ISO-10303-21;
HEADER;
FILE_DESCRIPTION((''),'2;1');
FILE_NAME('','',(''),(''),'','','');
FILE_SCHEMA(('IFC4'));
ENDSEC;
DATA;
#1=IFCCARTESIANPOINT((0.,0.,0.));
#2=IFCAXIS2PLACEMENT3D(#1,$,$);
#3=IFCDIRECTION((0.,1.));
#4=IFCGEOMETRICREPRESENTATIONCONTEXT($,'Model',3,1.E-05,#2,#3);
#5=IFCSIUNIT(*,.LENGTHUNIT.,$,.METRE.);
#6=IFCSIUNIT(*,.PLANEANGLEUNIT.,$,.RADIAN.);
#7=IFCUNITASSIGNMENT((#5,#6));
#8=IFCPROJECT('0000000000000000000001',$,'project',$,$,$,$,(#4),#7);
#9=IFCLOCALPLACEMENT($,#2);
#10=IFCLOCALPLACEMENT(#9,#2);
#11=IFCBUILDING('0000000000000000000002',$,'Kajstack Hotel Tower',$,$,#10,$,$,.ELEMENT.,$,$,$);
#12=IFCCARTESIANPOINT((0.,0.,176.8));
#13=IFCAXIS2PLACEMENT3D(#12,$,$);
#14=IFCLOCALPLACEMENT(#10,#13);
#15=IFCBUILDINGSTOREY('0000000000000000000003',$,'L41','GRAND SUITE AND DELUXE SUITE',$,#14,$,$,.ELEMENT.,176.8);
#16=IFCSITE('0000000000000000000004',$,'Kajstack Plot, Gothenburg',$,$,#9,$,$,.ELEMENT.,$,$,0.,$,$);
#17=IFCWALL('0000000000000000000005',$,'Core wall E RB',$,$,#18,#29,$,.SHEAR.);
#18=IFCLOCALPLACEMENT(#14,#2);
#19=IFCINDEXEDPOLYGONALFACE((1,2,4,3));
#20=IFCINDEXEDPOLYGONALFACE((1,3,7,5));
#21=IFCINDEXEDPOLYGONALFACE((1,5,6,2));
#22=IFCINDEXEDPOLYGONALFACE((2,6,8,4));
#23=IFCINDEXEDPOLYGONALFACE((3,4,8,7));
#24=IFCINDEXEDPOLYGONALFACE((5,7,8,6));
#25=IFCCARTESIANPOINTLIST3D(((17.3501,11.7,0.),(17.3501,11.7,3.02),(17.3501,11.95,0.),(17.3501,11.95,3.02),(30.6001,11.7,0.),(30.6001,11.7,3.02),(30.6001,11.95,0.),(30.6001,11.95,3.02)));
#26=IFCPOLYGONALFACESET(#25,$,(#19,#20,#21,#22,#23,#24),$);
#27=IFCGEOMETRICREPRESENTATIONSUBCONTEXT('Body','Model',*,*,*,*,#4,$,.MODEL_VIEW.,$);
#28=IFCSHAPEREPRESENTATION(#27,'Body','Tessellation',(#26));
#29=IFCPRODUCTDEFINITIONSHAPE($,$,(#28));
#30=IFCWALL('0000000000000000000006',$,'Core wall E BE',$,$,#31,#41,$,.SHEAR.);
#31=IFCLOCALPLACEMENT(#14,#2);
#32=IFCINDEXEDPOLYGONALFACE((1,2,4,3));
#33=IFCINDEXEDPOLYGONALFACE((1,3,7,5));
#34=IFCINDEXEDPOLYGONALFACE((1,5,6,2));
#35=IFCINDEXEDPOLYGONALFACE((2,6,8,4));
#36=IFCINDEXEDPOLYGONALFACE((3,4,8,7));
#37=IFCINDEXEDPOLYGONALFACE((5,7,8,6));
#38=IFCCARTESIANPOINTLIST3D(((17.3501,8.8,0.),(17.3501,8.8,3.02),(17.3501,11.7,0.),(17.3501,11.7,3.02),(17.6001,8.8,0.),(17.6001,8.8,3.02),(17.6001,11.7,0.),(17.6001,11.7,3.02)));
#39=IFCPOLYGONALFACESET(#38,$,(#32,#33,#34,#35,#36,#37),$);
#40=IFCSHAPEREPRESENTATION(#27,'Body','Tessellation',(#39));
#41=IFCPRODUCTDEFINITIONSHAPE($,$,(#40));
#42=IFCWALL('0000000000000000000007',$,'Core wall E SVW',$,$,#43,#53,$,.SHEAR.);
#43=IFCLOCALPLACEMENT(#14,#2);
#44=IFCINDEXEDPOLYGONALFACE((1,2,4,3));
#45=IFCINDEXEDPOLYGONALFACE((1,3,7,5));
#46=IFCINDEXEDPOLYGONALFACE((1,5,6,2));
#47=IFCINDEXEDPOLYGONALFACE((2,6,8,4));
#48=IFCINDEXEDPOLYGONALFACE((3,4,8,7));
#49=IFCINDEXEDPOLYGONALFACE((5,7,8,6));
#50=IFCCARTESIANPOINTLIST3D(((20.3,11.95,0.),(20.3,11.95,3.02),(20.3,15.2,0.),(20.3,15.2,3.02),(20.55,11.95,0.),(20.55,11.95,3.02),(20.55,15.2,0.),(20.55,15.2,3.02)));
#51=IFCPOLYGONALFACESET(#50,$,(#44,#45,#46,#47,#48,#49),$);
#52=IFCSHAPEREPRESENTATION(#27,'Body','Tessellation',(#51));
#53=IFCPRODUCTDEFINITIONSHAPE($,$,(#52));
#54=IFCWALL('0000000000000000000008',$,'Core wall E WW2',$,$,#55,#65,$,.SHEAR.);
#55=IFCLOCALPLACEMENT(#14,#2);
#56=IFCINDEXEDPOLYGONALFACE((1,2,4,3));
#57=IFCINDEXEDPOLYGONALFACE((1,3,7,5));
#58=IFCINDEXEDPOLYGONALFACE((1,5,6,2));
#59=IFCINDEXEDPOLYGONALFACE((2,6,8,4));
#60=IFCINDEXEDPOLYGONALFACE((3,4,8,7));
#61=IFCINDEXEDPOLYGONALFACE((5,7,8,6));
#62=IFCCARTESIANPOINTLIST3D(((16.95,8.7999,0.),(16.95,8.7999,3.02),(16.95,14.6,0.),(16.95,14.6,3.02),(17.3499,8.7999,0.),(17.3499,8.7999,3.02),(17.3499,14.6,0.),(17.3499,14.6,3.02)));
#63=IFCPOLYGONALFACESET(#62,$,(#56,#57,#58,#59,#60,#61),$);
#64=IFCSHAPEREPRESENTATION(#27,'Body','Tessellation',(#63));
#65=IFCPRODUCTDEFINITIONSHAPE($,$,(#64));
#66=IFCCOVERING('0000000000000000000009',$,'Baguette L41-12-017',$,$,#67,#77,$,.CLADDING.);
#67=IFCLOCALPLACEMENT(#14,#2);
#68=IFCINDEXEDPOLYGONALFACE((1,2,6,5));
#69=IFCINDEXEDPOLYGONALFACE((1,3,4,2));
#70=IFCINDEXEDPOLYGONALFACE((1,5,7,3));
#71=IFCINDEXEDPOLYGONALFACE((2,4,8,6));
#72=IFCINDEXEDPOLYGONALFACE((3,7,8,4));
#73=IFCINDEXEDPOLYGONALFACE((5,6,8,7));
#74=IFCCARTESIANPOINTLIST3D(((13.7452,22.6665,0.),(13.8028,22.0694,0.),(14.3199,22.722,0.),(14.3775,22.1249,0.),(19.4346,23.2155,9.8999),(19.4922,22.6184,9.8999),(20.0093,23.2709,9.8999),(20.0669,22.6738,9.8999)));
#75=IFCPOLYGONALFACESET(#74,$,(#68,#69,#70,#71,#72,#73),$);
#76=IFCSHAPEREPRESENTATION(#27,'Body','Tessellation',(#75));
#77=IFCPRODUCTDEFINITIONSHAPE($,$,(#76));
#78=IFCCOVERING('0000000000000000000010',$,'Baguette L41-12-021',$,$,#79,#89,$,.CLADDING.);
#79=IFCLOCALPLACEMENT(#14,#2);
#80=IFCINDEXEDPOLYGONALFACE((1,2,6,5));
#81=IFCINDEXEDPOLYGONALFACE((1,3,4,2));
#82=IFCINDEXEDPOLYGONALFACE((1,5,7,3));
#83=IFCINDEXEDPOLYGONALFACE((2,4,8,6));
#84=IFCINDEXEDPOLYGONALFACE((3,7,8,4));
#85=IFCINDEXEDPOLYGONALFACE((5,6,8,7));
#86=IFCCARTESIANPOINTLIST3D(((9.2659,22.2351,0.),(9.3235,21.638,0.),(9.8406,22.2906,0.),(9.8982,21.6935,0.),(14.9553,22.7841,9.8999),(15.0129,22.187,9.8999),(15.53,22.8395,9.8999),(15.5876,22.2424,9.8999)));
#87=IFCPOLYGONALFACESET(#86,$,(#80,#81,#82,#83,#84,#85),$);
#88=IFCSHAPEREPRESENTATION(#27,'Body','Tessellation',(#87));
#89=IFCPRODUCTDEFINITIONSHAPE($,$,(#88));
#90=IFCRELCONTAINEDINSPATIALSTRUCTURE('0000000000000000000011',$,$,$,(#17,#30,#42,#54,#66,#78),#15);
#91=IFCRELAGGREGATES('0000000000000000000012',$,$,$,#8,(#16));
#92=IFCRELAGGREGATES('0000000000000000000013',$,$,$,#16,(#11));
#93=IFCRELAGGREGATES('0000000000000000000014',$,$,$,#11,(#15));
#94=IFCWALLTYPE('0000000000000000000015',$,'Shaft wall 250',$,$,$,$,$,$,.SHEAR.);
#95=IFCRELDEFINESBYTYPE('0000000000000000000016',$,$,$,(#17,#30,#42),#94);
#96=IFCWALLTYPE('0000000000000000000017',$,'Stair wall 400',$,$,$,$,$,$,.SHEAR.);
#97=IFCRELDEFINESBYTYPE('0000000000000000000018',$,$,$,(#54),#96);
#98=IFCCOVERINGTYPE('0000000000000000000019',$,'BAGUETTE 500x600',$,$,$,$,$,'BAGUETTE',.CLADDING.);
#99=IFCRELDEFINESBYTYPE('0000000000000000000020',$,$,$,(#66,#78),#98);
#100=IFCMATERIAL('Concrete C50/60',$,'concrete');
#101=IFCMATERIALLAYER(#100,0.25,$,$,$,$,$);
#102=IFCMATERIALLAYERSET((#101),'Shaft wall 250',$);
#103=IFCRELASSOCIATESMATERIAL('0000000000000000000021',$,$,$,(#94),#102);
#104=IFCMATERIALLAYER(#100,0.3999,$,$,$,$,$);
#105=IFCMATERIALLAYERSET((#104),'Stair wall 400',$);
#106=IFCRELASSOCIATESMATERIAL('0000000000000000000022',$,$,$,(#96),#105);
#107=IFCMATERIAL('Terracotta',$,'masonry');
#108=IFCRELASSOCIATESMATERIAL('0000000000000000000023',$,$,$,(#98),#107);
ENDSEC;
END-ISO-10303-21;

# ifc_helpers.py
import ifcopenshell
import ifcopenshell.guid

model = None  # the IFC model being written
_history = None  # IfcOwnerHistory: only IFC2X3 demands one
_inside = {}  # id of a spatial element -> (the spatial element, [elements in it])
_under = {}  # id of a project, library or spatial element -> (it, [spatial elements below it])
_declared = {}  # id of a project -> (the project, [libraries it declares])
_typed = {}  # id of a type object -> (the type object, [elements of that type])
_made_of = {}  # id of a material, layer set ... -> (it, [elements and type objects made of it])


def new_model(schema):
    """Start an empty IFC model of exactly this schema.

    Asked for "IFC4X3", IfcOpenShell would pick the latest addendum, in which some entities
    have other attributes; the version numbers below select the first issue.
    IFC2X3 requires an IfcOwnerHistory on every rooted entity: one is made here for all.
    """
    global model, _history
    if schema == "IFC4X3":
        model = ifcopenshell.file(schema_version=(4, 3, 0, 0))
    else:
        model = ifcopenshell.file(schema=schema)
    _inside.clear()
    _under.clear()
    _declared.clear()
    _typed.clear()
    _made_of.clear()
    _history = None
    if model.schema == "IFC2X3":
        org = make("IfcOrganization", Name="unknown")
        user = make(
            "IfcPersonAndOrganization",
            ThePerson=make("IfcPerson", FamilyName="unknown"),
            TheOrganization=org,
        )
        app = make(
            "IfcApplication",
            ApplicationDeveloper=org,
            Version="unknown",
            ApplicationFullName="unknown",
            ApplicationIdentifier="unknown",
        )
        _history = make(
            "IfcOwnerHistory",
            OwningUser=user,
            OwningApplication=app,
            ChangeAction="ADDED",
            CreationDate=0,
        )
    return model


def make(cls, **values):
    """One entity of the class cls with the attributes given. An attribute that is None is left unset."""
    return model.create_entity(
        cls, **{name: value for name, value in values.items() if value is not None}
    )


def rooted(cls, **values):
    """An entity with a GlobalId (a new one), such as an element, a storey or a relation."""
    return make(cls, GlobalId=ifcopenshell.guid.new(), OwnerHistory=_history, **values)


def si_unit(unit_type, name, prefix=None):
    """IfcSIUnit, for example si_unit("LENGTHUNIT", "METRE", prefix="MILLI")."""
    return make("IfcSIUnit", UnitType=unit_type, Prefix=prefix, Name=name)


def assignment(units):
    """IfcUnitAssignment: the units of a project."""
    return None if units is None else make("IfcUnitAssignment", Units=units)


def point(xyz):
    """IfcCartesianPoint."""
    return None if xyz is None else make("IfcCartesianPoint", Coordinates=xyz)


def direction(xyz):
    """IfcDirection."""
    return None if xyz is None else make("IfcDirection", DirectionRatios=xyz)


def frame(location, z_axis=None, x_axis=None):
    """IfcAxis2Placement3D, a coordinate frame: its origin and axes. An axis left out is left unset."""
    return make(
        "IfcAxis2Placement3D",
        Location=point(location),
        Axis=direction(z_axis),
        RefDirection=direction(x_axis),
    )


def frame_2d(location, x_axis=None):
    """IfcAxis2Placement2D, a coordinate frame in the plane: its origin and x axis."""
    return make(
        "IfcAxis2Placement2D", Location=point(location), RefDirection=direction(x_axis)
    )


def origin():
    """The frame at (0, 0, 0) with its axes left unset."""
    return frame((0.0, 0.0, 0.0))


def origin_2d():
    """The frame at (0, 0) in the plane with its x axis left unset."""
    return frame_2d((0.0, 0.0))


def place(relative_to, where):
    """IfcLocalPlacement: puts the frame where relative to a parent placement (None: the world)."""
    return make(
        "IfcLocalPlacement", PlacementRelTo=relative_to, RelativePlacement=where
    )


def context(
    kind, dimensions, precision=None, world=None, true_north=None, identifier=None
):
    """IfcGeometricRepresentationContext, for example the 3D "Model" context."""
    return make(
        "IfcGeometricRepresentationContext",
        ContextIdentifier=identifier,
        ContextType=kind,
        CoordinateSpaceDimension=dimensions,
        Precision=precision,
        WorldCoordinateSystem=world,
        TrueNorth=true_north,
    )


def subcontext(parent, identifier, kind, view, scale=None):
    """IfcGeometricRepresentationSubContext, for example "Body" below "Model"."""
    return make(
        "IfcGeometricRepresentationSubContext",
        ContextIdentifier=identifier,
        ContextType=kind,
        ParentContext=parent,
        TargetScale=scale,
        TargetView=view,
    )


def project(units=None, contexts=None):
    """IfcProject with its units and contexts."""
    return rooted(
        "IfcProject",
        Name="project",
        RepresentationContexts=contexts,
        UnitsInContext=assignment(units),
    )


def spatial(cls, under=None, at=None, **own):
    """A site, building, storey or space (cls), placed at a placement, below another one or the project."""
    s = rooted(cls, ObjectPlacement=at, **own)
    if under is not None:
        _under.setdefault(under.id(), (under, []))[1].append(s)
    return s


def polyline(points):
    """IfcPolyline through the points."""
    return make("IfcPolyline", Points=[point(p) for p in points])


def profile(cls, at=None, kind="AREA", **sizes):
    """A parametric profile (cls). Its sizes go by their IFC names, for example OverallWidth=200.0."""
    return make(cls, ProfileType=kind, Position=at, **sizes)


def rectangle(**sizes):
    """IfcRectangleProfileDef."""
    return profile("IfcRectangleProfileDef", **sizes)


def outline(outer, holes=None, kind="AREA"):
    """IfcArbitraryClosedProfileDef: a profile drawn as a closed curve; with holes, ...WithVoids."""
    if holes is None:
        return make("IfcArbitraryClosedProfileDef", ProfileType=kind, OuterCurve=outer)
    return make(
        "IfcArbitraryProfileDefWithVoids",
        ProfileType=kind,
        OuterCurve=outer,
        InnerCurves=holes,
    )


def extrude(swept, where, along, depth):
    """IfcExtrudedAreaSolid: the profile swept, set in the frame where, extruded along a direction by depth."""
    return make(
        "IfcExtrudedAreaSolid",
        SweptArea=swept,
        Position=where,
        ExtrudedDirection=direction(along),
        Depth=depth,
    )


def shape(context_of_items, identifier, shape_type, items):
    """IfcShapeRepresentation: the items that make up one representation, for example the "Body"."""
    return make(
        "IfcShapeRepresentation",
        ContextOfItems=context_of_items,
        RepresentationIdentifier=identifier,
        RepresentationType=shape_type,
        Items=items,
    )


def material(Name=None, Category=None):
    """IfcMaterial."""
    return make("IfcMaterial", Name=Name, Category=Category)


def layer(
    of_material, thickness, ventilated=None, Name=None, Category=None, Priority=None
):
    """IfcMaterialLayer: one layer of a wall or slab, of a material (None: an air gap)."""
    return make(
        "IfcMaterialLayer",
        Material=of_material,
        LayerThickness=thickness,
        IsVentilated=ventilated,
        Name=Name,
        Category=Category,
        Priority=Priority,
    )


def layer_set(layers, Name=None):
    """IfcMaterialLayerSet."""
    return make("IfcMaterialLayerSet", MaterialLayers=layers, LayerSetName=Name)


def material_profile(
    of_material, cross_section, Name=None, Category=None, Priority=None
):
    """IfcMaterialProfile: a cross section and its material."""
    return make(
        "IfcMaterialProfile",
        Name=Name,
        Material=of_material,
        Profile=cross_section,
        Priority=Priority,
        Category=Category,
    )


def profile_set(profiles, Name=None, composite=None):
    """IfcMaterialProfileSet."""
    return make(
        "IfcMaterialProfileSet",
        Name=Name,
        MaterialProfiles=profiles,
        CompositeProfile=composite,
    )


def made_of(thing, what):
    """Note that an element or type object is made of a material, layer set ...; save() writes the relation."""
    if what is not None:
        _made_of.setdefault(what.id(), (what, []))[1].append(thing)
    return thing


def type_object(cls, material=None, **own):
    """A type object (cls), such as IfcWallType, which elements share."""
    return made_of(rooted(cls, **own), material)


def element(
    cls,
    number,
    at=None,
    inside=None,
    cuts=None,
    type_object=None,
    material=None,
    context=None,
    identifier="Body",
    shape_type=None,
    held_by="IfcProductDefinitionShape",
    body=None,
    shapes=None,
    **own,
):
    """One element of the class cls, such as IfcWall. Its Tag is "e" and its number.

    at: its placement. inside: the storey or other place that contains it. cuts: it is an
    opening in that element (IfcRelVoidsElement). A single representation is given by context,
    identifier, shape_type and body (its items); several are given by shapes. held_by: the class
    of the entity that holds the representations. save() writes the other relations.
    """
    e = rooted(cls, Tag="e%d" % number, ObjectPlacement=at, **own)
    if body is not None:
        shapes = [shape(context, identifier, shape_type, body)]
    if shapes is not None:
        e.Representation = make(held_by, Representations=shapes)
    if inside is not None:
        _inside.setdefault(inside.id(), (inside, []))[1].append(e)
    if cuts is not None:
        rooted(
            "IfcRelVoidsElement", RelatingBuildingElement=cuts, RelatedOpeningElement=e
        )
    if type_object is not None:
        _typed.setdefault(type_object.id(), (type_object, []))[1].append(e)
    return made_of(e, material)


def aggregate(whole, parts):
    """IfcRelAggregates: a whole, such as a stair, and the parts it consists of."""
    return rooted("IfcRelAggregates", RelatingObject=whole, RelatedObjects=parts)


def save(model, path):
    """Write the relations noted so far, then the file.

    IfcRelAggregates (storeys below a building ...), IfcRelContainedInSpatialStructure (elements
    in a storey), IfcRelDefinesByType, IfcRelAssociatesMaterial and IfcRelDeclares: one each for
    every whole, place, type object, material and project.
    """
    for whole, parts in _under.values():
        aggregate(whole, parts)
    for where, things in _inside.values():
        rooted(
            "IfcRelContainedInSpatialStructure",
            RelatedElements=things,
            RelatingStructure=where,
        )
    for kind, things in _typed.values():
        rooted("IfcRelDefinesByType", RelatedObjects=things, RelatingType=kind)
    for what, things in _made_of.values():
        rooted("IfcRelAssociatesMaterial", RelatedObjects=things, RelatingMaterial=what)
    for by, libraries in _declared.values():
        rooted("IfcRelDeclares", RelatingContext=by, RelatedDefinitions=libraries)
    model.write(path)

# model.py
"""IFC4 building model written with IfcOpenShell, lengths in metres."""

from ifc_helpers import new_model, si_unit, direction, frame, frame_2d, origin, origin_2d, place, context, subcontext, project, spatial, polyline, rectangle, outline, extrude, material, layer, layer_set, material_profile, profile_set, type_object, element, save


model = new_model("IFC4")

# Units and contexts
model_context = context("Model", 3, precision=1e-05, world=origin(), true_north=direction((0.0, 1.0)))
body_context = subcontext(model_context, "Body", "Model", "MODEL_VIEW")
ifc_project = project(units=[si_unit("LENGTHUNIT", "METRE"), si_unit("PLANEANGLEUNIT", "RADIAN")], contexts=[model_context])

# Site, building, storey
site_placement = place(None, origin())
site = spatial("IfcSite", under=ifc_project, at=site_placement, Name="Kajstack Plot, Gothenburg", CompositionType="ELEMENT", RefElevation=0.0)
building_placement = place(site_placement, origin())
building = spatial("IfcBuilding", under=site, at=building_placement, Name="Kajstack Hotel Tower", CompositionType="ELEMENT")
storey_placement = place(building_placement, frame((0.0, 0.0, 176.8)))
storey = spatial("IfcBuildingStorey", under=building, at=storey_placement, Name="L41", Description="GRAND SUITE AND DELUXE SUITE", CompositionType="ELEMENT", Elevation=176.8)

# Shared definitions
ifc_material_1 = material(Name="Concrete C50/60", Category="concrete")

# Shared definitions
ifc_layer_1 = layer(ifc_material_1, 0.25)
ifc_layer_set_1 = layer_set([ifc_layer_1], Name="Shaft wall 250")
wall_type_1 = type_object("IfcWallType", Name="Shaft wall 250", PredefinedType="SHEAR", material=ifc_layer_set_1)

# Walls
wall_1_placement = place(storey_placement, frame((17.3501, 11.825, 0.0), z_axis=(0.0, 0.0, 1.0), x_axis=(1.0, 0.0, 0.0)))
element("IfcWall", 1, at=wall_1_placement, inside=storey, type_object=wall_type_1, Name="Core wall E RB", PredefinedType="SHEAR", context=body_context, shape_type="SweptSolid", body=[
    extrude(rectangle(XDim=13.25, YDim=0.25, at=frame_2d((6.625, 0.0))), origin(), (0.0, 0.0, 1.0), 3.02),
])
wall_2_placement = place(storey_placement, frame((17.4751, 8.8, 0.0), z_axis=(0.0, 0.0, 1.0), x_axis=(0.0, 1.0, 0.0)))
element("IfcWall", 2, at=wall_2_placement, inside=storey, type_object=wall_type_1, Name="Core wall E BE", PredefinedType="SHEAR", context=body_context, shape_type="SweptSolid", body=[
    extrude(rectangle(XDim=2.8999, YDim=0.25, at=frame_2d((1.45, 0.0))), origin(), (0.0, 0.0, 1.0), 3.02),
])
wall_3_placement = place(storey_placement, frame((20.425, 11.95, 0.0), z_axis=(0.0, 0.0, 1.0), x_axis=(0.0, 1.0, 0.0)))
element("IfcWall", 3, at=wall_3_placement, inside=storey, type_object=wall_type_1, Name="Core wall E SVW", PredefinedType="SHEAR", context=body_context, shape_type="SweptSolid", body=[
    extrude(rectangle(XDim=3.25, YDim=0.25, at=frame_2d((1.625, 0.0))), origin(), (0.0, 0.0, 1.0), 3.02),
])
ifc_layer_2 = layer(ifc_material_1, 0.3999)
ifc_layer_set_2 = layer_set([ifc_layer_2], Name="Stair wall 400")
wall_type_2 = type_object("IfcWallType", Name="Stair wall 400", PredefinedType="SHEAR", material=ifc_layer_set_2)
wall_4_placement = place(storey_placement, frame((17.1499, 8.8, 0.0), z_axis=(0.0, 0.0, 1.0), x_axis=(0.0, 1.0, 0.0)))
element("IfcWall", 4, at=wall_4_placement, inside=storey, type_object=wall_type_2, Name="Core wall E WW2", PredefinedType="SHEAR", context=body_context, shape_type="SweptSolid", body=[
    extrude(rectangle(XDim=5.8, YDim=0.3999, at=frame_2d((2.8999, 0.0))), origin(), (0.0, 0.0, 1.0), 3.02),
])

# Coverings
ifc_material_2 = material(Name="Terracotta", Category="masonry")
ifc_material_profile = material_profile(ifc_material_2, rectangle(XDim=0.6001, YDim=0.5, at=origin_2d()), Name="Terracotta-clad concrete baguette 500 x 600")
ifc_profile_set = profile_set([ifc_material_profile], Name="Terracotta")
covering_type = type_object("IfcCoveringType", Name="BAGUETTE 500x600", ElementType="BAGUETTE", PredefinedType="CLADDING", material=ifc_profile_set)
for number, where, z_axis, x_axis, name in (
    (5, (20.0669, 22.6738, 0.0), (-0.096038, 0.995378, 0.0), (-0.995378, -0.096038, 0.0), "Baguette L41-12-017"),
    (6, (15.5876, 22.2424, 0.0), (-0.096038, 0.995378, 0.0), (-0.995378, -0.096038, 0.0), "Baguette L41-12-021"),
):
    element("IfcCovering", number, at=place(storey_placement, frame(where, z_axis=z_axis, x_axis=x_axis)), inside=storey, type_object=covering_type, Name=name, PredefinedType="CLADDING", context=body_context, shape_type="SweptSolid", body=[
        extrude(outline(polyline([(0.0, 9.8999), (5.7158, 0.0), (6.2932, 0.0), (0.5774, 9.8999), (0.0, 9.8999)])), origin(), (0.0, 0.0, 1.0), 0.5999),
    ])

save(model, "model.ifc")
